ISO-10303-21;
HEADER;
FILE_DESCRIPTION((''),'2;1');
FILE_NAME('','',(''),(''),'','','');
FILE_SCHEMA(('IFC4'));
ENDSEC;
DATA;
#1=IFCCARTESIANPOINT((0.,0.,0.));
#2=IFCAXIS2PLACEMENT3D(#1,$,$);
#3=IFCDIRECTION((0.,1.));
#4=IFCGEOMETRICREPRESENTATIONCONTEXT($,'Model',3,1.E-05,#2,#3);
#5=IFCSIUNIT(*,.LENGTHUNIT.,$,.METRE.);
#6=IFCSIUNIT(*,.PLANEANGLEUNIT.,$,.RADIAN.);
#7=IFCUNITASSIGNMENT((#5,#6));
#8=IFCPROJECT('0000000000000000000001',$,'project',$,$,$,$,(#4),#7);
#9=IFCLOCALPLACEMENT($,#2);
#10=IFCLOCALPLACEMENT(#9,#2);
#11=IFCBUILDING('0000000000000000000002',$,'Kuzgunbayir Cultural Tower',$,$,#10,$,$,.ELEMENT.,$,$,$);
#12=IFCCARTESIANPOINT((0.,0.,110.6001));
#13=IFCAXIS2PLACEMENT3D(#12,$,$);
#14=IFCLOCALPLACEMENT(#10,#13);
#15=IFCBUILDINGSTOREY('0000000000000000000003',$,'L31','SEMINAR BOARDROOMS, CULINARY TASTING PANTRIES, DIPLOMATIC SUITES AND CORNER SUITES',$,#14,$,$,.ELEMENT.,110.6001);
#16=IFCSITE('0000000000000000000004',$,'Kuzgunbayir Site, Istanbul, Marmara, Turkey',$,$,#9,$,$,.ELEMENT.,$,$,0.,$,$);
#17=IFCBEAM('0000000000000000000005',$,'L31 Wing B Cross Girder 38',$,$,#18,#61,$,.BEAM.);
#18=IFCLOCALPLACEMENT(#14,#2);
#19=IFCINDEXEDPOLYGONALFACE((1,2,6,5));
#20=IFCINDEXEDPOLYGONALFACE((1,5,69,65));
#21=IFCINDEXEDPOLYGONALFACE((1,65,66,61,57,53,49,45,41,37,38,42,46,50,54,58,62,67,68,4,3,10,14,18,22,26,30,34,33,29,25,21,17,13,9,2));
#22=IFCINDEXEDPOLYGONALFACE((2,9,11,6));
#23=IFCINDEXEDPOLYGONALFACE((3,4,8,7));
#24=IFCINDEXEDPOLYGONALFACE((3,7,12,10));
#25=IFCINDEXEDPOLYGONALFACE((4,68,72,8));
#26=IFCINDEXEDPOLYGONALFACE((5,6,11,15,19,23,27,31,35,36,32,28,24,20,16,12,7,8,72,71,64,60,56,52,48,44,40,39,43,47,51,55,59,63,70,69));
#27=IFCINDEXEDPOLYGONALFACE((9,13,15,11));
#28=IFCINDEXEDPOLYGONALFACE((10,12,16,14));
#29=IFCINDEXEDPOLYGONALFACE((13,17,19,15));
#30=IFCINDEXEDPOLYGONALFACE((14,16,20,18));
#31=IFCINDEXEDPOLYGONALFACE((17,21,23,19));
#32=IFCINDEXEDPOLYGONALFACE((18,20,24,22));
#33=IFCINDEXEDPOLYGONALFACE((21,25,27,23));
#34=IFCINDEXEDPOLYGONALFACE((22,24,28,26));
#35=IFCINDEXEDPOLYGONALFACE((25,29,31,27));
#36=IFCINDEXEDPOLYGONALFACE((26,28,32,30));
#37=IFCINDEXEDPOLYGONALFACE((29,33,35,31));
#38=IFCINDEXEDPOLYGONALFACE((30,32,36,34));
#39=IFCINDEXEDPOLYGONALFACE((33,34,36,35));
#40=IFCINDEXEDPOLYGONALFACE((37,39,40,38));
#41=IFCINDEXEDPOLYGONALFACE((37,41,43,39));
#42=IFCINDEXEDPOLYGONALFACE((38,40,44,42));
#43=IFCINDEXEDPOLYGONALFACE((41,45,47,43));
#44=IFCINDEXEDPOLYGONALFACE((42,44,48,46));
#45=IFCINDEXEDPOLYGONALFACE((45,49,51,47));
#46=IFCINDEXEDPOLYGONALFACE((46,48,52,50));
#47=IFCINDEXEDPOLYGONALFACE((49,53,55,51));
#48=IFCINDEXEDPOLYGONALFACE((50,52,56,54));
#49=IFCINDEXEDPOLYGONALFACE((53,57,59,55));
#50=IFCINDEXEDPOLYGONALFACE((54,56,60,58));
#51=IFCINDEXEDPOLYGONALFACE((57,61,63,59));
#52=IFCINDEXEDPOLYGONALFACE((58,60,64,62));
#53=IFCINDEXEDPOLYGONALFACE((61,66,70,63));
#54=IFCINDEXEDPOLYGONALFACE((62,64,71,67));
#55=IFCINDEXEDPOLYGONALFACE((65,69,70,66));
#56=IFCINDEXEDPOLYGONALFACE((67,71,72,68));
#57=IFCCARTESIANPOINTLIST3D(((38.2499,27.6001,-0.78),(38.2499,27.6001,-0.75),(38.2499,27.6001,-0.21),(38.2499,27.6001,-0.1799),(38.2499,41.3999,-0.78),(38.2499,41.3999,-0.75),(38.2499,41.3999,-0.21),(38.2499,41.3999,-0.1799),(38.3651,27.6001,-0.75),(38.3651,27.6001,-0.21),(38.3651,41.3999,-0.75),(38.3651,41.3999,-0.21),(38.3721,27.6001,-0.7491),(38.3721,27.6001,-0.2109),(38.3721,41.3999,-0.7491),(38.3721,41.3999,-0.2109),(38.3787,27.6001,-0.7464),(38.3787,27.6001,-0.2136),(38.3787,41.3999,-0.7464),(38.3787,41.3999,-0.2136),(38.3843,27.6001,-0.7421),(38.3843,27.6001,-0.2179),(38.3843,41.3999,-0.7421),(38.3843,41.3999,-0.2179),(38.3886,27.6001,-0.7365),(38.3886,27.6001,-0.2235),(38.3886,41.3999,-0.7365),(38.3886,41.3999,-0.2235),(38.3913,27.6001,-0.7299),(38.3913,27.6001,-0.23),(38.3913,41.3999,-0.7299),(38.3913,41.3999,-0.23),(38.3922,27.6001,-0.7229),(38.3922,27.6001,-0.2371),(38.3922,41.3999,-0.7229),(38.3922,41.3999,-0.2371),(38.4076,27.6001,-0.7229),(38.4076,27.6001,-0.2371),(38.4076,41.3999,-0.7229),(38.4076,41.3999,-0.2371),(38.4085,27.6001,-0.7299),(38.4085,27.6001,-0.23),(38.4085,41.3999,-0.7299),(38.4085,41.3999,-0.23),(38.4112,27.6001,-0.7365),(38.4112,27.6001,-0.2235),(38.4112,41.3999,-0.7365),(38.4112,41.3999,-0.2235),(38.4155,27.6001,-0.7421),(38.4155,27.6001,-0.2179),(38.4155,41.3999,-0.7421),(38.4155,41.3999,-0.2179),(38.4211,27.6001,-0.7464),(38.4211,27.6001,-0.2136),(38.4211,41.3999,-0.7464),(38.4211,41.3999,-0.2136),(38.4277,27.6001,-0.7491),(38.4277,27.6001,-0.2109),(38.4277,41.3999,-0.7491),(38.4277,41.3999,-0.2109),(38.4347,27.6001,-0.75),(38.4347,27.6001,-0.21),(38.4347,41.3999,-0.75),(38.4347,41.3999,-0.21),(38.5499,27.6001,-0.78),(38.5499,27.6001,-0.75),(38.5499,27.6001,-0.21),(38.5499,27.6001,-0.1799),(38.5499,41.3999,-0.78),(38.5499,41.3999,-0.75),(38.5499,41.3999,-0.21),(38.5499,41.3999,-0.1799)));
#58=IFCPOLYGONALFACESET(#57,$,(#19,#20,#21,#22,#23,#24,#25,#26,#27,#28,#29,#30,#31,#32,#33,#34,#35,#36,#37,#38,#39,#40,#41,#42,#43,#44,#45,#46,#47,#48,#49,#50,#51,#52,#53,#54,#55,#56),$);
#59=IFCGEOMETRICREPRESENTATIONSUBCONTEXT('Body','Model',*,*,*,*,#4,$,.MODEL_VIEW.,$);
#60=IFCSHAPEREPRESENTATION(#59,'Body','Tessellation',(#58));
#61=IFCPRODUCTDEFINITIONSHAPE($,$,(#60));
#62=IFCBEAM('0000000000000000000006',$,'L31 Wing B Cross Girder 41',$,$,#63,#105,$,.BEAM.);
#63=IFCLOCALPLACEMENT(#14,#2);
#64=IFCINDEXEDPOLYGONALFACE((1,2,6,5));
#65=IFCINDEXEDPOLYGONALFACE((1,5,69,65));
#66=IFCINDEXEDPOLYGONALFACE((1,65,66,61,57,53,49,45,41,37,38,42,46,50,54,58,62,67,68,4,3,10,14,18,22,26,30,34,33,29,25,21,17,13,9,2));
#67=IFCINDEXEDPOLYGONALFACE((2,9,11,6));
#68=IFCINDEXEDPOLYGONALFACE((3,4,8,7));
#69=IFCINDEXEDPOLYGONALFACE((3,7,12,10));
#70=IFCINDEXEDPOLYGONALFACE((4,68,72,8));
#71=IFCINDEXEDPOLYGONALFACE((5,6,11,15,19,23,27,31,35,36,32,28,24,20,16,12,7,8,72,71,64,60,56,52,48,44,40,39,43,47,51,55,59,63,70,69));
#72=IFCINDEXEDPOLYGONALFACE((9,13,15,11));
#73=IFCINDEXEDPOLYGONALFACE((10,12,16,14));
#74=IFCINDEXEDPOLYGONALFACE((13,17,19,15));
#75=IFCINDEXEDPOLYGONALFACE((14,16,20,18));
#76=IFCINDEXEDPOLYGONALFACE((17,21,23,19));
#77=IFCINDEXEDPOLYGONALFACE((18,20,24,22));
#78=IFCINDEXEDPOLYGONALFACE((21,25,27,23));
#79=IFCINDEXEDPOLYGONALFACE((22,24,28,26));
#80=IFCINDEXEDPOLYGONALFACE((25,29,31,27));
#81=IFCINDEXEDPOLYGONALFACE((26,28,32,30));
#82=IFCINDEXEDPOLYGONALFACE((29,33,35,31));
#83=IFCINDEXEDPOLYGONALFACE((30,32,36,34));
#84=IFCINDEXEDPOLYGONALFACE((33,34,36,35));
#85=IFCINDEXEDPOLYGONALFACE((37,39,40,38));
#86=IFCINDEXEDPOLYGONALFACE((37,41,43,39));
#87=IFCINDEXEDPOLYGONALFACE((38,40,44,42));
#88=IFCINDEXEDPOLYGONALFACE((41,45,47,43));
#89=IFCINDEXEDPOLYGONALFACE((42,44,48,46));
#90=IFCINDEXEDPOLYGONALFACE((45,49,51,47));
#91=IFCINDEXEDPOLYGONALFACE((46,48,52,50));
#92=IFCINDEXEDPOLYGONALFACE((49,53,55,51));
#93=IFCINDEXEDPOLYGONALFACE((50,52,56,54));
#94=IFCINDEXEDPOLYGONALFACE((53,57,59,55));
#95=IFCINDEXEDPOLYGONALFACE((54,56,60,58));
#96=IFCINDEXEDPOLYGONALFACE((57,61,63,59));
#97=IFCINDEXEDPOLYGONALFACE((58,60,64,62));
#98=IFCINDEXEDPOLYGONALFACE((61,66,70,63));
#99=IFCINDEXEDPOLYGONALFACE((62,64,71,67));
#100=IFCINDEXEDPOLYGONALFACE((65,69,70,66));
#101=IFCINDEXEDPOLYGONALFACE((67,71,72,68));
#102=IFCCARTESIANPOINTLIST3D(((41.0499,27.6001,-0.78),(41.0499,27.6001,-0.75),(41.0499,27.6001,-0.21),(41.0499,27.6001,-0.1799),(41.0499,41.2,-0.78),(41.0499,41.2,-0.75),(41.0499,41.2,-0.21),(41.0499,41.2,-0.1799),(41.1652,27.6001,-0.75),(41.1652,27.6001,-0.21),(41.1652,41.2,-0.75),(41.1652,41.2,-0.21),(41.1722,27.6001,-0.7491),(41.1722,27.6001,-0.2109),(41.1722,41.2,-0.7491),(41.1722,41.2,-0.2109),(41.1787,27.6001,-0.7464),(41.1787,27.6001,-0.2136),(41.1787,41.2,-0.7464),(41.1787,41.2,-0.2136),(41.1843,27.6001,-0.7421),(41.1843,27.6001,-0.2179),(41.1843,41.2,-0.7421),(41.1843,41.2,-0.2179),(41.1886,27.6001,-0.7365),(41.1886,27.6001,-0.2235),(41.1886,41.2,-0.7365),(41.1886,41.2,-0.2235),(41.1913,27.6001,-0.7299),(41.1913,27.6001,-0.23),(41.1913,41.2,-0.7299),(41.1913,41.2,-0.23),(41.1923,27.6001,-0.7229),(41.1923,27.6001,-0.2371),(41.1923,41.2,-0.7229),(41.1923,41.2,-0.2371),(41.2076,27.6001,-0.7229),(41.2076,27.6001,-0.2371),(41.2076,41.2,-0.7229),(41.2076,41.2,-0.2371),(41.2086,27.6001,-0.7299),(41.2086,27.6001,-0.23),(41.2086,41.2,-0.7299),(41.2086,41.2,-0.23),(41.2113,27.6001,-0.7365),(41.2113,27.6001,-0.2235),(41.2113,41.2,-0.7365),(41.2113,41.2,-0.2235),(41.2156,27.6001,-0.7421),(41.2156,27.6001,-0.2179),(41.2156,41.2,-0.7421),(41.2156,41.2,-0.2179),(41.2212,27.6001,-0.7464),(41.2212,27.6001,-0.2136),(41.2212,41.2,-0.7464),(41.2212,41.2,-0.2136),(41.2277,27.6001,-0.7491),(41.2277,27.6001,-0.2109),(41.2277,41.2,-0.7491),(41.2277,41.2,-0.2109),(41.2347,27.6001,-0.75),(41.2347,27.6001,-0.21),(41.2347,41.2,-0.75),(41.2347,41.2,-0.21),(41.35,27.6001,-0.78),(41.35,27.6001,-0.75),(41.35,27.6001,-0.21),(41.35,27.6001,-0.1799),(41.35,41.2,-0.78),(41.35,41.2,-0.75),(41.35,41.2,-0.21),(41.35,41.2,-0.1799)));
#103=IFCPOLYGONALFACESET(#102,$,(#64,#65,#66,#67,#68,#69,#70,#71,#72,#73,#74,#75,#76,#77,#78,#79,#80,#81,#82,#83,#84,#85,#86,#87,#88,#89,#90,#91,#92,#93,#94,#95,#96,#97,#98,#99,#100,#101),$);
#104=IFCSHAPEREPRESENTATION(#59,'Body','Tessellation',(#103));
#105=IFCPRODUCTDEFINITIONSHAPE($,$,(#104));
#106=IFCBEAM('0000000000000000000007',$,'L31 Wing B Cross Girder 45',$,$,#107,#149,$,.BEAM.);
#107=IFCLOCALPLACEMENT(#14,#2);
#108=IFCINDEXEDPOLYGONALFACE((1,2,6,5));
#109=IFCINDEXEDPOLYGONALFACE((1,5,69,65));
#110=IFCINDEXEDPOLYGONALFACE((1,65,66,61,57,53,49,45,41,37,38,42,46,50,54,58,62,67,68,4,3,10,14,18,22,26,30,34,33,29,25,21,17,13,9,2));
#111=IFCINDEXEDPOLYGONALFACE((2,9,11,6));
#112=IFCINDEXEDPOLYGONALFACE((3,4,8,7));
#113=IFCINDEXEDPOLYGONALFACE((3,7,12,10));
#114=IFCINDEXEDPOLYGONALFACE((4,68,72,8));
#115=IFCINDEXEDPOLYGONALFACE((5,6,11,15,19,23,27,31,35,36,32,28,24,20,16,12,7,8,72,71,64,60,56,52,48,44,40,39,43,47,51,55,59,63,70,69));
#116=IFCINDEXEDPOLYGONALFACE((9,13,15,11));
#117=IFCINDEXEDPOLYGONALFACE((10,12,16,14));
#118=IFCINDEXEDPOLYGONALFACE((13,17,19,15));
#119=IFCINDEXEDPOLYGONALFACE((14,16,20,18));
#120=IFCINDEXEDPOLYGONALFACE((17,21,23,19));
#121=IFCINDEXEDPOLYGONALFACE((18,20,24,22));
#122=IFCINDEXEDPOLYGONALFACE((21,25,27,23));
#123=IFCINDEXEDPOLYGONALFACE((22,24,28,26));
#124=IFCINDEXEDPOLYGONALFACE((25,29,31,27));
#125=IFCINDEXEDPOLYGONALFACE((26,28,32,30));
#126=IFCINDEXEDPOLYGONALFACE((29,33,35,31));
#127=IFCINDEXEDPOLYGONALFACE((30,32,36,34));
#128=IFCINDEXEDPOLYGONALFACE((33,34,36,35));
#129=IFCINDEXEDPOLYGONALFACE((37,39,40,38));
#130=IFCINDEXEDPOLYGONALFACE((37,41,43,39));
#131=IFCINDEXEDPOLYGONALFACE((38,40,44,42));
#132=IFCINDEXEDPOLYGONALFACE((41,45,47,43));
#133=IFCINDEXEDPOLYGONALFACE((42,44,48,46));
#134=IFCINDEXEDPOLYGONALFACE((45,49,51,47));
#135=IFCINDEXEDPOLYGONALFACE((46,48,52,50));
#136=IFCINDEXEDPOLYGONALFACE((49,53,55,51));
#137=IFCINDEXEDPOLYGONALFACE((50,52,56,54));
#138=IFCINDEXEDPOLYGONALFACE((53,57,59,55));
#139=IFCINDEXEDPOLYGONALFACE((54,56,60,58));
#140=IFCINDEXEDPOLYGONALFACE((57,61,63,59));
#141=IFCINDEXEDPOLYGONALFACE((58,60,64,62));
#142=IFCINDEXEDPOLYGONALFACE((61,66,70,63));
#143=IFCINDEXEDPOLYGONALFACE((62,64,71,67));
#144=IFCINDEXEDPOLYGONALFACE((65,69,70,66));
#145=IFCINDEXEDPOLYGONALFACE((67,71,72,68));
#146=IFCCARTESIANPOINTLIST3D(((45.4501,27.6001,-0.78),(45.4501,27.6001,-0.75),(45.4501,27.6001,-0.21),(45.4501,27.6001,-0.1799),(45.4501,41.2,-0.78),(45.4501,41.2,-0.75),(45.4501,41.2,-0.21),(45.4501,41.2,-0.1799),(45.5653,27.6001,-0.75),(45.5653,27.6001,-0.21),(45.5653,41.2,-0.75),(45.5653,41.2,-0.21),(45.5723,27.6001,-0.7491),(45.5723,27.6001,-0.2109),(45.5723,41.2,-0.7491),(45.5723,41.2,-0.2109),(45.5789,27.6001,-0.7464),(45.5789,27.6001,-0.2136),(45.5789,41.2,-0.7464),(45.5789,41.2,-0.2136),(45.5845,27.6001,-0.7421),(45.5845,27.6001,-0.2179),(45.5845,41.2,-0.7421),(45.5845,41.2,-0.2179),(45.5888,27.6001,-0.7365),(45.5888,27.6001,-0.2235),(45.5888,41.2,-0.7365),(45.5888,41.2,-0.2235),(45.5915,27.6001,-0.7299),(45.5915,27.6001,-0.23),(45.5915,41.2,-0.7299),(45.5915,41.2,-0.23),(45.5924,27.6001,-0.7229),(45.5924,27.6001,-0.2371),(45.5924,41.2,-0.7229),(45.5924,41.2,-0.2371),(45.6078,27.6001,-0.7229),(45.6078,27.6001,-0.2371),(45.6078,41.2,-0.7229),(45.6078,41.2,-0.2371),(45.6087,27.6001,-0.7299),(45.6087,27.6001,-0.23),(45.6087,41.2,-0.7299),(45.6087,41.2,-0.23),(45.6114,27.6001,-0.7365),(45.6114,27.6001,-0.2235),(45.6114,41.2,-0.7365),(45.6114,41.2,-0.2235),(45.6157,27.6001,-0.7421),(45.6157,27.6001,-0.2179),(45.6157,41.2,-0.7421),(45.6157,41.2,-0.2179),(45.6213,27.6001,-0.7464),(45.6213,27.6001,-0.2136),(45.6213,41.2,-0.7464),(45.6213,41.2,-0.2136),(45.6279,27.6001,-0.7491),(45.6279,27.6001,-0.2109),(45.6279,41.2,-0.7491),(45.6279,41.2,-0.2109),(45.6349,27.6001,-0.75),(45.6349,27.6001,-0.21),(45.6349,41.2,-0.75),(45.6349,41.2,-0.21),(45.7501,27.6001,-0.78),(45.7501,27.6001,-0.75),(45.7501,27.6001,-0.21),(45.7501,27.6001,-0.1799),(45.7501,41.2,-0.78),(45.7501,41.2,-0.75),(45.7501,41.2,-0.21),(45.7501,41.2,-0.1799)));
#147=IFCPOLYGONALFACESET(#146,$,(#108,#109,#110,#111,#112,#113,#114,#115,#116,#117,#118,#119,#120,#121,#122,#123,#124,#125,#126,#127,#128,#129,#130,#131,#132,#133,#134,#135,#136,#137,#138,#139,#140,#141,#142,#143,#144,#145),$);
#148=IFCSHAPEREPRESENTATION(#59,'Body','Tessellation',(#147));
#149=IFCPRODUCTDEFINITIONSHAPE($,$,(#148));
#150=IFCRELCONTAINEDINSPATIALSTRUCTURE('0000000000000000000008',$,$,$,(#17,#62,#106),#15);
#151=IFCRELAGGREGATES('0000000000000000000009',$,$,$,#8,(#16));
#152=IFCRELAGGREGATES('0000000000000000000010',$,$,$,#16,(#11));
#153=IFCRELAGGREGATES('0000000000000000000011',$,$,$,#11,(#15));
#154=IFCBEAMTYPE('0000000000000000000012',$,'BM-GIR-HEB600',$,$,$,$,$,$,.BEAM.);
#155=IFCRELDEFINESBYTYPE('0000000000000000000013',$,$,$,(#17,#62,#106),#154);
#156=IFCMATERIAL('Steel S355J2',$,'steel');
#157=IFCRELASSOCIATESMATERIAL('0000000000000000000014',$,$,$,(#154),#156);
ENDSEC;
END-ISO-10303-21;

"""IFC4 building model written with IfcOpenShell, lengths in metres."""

from ifc_helpers import new_model, si_unit, direction, frame, origin, origin_2d, place, context, subcontext, project, spatial, i_section, extrude, material, material_profile, profile_set, type_object, element, save


model = new_model("IFC4")

# Units and contexts
model_context = context("Model", 3, precision=1e-05, world=origin(), true_north=direction((0.0, 1.0)))
body_context = subcontext(model_context, "Body", "Model", "MODEL_VIEW")
ifc_project = project(units=[si_unit("LENGTHUNIT", "METRE"), si_unit("PLANEANGLEUNIT", "RADIAN")], contexts=[model_context])

# Site, building, storey
site_placement = place(None, origin())
site = spatial("IfcSite", under=ifc_project, at=site_placement, Name="Kuzgunbayir Site, Istanbul, Marmara, Turkey", CompositionType="ELEMENT", RefElevation=0.0)
building_placement = place(site_placement, origin())
building = spatial("IfcBuilding", under=site, at=building_placement, Name="Kuzgunbayir Cultural Tower", CompositionType="ELEMENT")
storey_placement = place(building_placement, frame((0.0, 0.0, 110.6001)))
storey = spatial("IfcBuildingStorey", under=building, at=storey_placement, Name="L31", Description="SEMINAR BOARDROOMS, CULINARY TASTING PANTRIES, DIPLOMATIC SUITES AND CORNER SUITES", CompositionType="ELEMENT", Elevation=110.6001)

# Beams
ifc_material_1 = material(Name="Steel S355J2", Category="steel")
ifc_material_profile_1 = material_profile(ifc_material_1, i_section(OverallWidth=0.3, OverallDepth=0.6001, WebThickness=0.0154, FlangeThickness=0.03, FilletRadius=0.0271, at=origin_2d()), Name="HEB 600")
ifc_profile_set_1 = profile_set([ifc_material_profile_1], Name="Steel S355J2")
beam_type_1 = type_object("IfcBeamType", Name="BM-GIR-HEB600", PredefinedType="BEAM", material=ifc_profile_set_1)
beam_1_placement = place(storey_placement, frame((38.3999, 27.6001, -0.48), z_axis=(0.0, 1.0, 0.0), x_axis=(-1.0, 0.0, 0.0)))
element("IfcBeam", 1, at=beam_1_placement, inside=storey, type_object=beam_type_1, Name="L31 Wing B Cross Girder 38", PredefinedType="BEAM", context=body_context, shape_type="SweptSolid", body=[
    extrude(i_section(OverallWidth=0.3, OverallDepth=0.6001, WebThickness=0.0154, FlangeThickness=0.03, FilletRadius=0.0271, at=origin_2d()), origin(), (0.0, 0.0, 1.0), 13.7998),
])
for number, where, z_axis, x_axis, name in (
    (2, (41.2, 27.6001, -0.48), (0.0, 1.0, 0.0), (-1.0, 0.0, 0.0), "L31 Wing B Cross Girder 41"),
    (3, (45.6001, 27.6001, -0.48), (0.0, 1.0, 0.0), (-1.0, 0.0, 0.0), "L31 Wing B Cross Girder 45"),
):
    element("IfcBeam", number, at=place(storey_placement, frame(where, z_axis=z_axis, x_axis=x_axis)), inside=storey, type_object=beam_type_1, Name=name, PredefinedType="BEAM", context=body_context, shape_type="SweptSolid", body=[
        extrude(i_section(OverallWidth=0.3, OverallDepth=0.6001, WebThickness=0.0154, FlangeThickness=0.03, FilletRadius=0.0271, at=origin_2d()), origin(), (0.0, 0.0, 1.0), 13.5999),
    ])

save(model, "model.ifc")
